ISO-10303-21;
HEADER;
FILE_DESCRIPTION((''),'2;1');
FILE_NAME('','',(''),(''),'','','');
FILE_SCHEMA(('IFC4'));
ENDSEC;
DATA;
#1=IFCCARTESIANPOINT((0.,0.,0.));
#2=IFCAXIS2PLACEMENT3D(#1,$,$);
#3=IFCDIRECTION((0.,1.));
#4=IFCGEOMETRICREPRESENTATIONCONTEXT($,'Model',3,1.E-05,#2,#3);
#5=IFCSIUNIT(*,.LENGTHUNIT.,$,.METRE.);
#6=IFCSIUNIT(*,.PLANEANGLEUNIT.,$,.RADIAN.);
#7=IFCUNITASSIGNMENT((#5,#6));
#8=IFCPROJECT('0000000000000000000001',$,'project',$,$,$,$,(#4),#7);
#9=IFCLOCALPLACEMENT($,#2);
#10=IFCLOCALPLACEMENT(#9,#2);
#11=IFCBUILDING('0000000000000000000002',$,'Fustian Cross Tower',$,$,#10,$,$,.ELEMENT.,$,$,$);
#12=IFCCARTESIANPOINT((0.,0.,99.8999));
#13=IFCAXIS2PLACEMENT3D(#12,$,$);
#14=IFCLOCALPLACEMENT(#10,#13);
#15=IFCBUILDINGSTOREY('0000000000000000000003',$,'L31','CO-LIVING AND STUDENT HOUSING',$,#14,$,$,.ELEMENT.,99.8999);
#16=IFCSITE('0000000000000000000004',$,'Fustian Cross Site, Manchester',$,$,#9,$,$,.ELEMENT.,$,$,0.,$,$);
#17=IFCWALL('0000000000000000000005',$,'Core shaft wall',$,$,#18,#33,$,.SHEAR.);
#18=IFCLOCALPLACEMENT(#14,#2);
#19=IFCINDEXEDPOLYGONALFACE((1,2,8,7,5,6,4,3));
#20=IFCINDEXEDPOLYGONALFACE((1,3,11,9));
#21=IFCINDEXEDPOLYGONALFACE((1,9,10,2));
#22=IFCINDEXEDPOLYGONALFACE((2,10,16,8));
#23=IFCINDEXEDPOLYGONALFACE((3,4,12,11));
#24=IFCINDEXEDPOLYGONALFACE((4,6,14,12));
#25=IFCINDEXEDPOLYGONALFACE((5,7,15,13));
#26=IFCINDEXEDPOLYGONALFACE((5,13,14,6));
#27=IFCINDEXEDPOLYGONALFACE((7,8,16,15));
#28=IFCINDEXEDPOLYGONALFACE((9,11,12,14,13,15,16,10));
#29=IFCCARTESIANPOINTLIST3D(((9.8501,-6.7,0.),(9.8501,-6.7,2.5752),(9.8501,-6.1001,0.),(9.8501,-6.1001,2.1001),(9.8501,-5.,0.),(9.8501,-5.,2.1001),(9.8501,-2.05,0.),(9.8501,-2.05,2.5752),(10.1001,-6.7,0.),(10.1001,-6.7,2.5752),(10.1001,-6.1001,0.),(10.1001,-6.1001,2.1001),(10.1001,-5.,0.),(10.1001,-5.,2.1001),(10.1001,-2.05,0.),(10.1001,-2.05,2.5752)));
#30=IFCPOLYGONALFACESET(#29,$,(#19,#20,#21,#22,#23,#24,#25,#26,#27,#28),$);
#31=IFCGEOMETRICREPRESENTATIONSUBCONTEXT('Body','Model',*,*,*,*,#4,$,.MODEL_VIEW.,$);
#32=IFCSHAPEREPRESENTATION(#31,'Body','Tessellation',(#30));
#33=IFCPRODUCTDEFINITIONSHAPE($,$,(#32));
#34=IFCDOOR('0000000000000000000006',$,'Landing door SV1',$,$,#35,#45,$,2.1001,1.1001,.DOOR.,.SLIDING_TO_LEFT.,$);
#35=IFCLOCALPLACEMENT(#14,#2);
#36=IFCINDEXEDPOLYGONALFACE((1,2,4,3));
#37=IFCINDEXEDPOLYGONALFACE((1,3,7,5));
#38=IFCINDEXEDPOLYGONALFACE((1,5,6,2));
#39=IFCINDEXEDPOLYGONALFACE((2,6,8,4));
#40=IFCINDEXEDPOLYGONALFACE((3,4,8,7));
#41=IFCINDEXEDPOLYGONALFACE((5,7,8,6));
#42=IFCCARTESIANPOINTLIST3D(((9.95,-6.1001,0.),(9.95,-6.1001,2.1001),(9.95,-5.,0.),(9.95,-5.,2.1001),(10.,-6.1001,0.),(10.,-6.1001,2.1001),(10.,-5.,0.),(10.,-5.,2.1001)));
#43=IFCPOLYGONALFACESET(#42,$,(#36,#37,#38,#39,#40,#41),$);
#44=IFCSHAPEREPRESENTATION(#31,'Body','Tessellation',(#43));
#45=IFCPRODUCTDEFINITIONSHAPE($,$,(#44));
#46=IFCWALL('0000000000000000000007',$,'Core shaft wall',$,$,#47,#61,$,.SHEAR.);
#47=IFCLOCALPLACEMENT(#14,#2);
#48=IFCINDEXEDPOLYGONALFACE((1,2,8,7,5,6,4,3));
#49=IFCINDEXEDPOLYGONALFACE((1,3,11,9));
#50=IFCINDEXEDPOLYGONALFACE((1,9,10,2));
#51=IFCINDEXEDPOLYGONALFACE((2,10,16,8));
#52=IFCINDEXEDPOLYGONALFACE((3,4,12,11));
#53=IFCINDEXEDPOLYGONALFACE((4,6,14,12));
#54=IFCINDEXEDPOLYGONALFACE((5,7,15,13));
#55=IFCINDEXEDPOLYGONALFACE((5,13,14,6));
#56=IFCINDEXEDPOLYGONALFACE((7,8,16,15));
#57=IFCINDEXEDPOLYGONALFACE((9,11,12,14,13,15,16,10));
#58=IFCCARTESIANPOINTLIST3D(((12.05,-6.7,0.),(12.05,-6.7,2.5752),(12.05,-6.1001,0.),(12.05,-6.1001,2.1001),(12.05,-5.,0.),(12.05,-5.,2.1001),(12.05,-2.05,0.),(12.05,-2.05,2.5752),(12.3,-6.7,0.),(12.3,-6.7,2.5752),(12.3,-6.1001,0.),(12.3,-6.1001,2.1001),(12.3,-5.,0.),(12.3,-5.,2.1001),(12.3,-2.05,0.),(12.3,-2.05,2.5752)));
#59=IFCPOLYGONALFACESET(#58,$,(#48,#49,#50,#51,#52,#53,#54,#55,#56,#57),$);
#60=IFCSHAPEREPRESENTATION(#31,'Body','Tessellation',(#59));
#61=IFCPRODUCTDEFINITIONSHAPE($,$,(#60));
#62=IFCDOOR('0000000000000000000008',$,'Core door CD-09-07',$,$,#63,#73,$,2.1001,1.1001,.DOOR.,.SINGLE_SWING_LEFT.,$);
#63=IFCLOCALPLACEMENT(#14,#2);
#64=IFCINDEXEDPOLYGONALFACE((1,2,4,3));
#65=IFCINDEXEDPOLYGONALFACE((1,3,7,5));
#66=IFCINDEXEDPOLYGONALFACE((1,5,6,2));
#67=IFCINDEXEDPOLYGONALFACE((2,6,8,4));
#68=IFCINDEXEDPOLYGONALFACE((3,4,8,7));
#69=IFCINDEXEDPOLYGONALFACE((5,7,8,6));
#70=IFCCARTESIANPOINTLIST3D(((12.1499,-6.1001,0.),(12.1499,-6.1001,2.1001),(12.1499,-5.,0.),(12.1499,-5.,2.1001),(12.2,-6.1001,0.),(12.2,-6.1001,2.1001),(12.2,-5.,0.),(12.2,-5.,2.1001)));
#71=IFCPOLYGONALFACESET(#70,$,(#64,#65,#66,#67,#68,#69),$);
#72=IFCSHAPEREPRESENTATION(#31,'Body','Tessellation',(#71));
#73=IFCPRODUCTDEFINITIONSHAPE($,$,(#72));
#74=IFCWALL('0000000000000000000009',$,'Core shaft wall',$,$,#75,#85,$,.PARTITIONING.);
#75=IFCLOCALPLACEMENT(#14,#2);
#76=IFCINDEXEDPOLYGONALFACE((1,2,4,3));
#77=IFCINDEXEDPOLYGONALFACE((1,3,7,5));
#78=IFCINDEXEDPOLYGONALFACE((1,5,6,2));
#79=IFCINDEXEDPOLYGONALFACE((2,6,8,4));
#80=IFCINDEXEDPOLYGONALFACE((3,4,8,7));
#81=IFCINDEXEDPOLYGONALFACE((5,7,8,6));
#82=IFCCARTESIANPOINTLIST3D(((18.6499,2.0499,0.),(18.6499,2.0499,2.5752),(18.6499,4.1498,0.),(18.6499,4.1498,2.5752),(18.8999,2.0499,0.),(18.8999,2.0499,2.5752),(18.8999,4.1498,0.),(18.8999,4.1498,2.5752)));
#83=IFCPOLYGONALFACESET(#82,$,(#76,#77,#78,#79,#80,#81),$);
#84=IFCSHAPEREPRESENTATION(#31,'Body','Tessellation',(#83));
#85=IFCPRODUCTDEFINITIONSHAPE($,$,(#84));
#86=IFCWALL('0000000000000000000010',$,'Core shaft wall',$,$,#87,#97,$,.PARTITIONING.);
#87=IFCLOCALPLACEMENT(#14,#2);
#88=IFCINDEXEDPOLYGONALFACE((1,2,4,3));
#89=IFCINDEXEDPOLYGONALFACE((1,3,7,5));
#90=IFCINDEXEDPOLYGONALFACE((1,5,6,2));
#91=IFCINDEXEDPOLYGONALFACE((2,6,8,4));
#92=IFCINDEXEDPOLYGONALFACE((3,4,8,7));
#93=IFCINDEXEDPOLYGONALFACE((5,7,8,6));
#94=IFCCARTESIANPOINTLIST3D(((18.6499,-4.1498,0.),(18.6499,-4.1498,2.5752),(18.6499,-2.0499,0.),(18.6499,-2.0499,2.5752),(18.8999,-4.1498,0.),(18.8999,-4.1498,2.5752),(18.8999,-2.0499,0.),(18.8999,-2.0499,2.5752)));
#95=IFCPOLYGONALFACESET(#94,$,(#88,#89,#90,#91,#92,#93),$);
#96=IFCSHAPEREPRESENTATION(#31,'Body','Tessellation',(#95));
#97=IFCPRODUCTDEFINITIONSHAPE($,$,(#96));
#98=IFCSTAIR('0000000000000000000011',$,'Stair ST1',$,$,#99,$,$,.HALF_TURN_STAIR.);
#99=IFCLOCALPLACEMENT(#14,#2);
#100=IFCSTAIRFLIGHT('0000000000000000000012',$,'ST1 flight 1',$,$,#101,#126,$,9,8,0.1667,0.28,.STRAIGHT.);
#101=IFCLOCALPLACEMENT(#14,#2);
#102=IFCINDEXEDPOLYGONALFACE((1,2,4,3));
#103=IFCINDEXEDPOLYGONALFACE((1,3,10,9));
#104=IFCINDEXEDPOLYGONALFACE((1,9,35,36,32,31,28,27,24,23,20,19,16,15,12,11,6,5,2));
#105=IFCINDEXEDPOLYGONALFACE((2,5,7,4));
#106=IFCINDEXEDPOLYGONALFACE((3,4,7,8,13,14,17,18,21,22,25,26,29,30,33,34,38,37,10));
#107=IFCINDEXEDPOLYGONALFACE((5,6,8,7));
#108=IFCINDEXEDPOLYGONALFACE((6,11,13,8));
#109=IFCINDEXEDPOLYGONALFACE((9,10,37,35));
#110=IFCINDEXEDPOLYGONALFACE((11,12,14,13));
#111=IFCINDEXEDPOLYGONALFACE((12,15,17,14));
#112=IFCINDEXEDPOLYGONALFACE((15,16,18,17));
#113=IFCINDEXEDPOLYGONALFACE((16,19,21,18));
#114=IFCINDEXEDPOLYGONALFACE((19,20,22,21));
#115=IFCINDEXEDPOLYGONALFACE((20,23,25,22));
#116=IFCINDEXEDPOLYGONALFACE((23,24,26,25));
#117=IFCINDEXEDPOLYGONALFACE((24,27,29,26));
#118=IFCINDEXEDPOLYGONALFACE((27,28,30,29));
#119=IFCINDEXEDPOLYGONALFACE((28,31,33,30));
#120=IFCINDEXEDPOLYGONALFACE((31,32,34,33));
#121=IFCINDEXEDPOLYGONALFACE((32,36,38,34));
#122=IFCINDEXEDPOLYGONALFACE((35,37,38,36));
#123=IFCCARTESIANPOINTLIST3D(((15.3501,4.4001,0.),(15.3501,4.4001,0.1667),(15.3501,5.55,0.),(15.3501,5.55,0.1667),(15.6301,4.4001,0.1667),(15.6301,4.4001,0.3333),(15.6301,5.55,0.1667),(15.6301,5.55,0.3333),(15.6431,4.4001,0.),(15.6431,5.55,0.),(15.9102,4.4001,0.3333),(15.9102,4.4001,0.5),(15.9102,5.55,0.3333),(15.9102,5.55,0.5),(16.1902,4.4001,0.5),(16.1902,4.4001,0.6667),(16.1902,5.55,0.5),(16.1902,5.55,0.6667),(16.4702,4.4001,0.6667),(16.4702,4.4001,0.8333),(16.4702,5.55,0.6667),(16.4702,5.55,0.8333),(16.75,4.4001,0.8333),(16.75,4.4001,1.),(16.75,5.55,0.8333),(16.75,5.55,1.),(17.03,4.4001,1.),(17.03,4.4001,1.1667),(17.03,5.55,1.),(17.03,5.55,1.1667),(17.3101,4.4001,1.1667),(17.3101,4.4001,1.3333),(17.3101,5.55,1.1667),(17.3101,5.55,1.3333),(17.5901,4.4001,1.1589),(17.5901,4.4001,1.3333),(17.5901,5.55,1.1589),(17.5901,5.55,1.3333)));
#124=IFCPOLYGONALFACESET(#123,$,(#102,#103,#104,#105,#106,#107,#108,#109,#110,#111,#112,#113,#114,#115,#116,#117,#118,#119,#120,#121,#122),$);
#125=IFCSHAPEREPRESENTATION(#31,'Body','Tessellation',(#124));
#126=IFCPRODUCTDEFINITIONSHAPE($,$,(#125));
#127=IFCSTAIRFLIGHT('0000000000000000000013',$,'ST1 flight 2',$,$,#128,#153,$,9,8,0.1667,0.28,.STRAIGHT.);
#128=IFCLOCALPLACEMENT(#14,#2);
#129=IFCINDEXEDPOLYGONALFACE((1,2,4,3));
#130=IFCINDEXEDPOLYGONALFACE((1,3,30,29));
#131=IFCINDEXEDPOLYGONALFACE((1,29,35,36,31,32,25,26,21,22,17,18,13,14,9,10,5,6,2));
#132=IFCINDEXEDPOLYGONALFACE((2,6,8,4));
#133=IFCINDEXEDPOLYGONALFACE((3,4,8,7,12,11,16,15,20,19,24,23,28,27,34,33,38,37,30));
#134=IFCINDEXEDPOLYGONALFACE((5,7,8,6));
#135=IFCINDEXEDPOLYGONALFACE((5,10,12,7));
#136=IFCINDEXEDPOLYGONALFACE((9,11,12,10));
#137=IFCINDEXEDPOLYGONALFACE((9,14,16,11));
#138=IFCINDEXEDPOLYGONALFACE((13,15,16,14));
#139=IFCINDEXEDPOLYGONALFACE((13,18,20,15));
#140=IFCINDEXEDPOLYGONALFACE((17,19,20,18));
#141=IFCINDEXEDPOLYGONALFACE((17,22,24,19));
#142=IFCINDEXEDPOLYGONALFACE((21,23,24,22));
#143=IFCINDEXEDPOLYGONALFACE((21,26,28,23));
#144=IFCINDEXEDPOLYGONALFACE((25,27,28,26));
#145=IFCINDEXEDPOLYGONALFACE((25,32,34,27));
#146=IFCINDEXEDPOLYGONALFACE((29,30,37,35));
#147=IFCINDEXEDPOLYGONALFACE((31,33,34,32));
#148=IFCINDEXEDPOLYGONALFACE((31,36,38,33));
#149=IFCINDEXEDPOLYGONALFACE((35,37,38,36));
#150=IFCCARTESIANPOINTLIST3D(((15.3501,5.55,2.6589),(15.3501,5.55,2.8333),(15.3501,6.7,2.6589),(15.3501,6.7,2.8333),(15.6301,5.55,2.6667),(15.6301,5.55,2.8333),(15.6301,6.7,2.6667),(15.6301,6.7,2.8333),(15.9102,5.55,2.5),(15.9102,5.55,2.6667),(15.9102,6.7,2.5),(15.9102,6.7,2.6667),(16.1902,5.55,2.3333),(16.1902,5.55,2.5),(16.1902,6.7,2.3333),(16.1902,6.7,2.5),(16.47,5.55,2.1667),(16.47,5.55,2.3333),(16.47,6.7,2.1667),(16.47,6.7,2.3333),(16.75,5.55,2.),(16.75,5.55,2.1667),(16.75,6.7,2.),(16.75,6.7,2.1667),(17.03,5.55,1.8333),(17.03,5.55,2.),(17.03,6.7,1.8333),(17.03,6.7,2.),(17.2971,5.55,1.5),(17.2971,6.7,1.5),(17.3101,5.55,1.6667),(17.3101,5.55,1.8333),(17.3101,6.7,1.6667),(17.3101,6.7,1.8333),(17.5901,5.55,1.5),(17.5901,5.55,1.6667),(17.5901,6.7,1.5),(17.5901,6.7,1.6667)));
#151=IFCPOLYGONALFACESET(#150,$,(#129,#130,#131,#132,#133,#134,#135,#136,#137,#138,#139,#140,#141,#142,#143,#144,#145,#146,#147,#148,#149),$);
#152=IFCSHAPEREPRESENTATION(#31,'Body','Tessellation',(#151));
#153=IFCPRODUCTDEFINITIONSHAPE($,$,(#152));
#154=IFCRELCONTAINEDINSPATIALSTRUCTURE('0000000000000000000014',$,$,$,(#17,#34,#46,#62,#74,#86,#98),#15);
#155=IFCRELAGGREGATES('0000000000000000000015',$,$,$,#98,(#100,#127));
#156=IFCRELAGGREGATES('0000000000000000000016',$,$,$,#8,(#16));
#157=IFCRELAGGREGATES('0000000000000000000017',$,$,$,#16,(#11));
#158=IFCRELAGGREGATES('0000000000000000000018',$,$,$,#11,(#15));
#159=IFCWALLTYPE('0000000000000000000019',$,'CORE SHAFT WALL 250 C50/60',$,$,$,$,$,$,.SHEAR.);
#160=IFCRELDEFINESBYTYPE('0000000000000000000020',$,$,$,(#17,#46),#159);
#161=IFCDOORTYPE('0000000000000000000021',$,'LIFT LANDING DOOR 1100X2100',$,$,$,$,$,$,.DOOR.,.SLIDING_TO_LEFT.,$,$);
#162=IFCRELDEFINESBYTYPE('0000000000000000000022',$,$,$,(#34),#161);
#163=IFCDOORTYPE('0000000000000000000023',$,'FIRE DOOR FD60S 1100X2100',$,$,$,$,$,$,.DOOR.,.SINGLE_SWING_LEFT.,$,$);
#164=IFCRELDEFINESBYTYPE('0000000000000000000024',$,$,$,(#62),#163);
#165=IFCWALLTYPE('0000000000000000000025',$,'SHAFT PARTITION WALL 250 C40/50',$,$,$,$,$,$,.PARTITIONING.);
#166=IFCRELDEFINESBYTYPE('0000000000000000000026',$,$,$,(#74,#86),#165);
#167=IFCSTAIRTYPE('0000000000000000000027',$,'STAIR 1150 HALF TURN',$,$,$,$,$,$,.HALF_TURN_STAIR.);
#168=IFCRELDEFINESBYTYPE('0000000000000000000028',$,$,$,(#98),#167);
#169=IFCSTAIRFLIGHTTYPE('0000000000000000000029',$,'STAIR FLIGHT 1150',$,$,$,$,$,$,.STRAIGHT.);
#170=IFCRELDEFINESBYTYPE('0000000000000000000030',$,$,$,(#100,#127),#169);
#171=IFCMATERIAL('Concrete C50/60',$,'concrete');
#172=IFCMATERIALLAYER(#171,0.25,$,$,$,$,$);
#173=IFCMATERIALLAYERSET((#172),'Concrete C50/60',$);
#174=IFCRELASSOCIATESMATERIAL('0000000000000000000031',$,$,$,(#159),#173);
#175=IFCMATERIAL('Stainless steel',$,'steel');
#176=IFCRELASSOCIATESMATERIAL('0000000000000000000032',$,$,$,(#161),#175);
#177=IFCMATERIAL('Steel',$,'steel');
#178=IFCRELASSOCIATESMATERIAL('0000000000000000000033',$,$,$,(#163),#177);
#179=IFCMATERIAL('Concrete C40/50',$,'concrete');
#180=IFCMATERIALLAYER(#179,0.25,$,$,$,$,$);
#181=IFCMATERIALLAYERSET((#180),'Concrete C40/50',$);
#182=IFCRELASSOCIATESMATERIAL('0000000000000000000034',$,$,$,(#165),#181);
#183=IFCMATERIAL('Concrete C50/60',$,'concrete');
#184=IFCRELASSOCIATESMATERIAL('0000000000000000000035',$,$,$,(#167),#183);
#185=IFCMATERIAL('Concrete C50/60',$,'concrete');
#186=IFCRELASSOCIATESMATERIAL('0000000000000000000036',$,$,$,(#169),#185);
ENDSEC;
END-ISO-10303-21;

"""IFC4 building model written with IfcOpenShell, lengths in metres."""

from ifc_helpers import new_model, si_unit, direction, frame, frame_2d, origin, place, context, subcontext, project, spatial, polyline, rectangle, outline, extrude, material, layer, layer_set, type_object, element, fill, aggregate, save


model = new_model("IFC4")

# Units and contexts
model_context = context("Model", 3, precision=1e-05, world=origin(), true_north=direction((0.0, 1.0)))
body_context = subcontext(model_context, "Body", "Model", "MODEL_VIEW")
ifc_project = project(units=[si_unit("LENGTHUNIT", "METRE"), si_unit("PLANEANGLEUNIT", "RADIAN")], contexts=[model_context])

# Site, building, storey
site_placement = place(None, origin())
site = spatial("IfcSite", under=ifc_project, at=site_placement, Name="Fustian Cross Site, Manchester", CompositionType="ELEMENT", RefElevation=0.0)
building_placement = place(site_placement, origin())
building = spatial("IfcBuilding", under=site, at=building_placement, Name="Fustian Cross Tower", CompositionType="ELEMENT")
storey_placement = place(building_placement, frame((0.0, 0.0, 99.8999)))
storey = spatial("IfcBuildingStorey", under=building, at=storey_placement, Name="L31", Description="CO-LIVING AND STUDENT HOUSING", CompositionType="ELEMENT", Elevation=99.8999)

# Shared definitions
ifc_material_1 = material(Name="Concrete C50/60", Category="concrete")
ifc_layer_1 = layer(ifc_material_1, 0.25)
ifc_layer_set_1 = layer_set([ifc_layer_1], Name="Concrete C50/60")
wall_type_1 = type_object("IfcWallType", Name="CORE SHAFT WALL 250 C50/60", PredefinedType="SHEAR", material=ifc_layer_set_1)

# Walls, openings, doors
ifc_material_2 = material(Name="Stainless steel", Category="steel")
door_type_1 = type_object("IfcDoorType", Name="LIFT LANDING DOOR 1100X2100", OperationType="SLIDING_TO_LEFT", PredefinedType="DOOR", material=ifc_material_2)
ifc_material_3 = material(Name="Steel", Category="steel")
door_type_2 = type_object("IfcDoorType", Name="FIRE DOOR FD60S 1100X2100", OperationType="SINGLE_SWING_LEFT", PredefinedType="DOOR", material=ifc_material_3)
wall_1_placement = place(storey_placement, frame((9.9751, -2.05, 0.0), z_axis=(0.0, 0.0, 1.0), x_axis=(0.0, -1.0, 0.0)))
wall_1 = element("IfcWall", 1, at=wall_1_placement, inside=storey, type_object=wall_type_1, Name="Core shaft wall", PredefinedType="SHEAR", context=body_context, shape_type="SweptSolid", body=[
    extrude(rectangle(XDim=4.6499, YDim=0.25, at=frame_2d((2.325, 0.0))), origin(), (0.0, 0.0, 1.0), 2.5752),
])
opening_1_placement = place(wall_1_placement, frame((2.95, 0.0, 0.0)))
opening_1 = element("IfcOpeningElement", 2, at=opening_1_placement, cuts=wall_1, PredefinedType="OPENING", context=body_context, shape_type="SweptSolid", body=[
    extrude(rectangle(XDim=1.1001, YDim=2.1001, at=frame_2d((0.55, 1.05))), frame((0.0, 0.135, 0.0), z_axis=(0.0, -1.0, 0.0), x_axis=(1.0, 0.0, 0.0)), (0.0, 0.0, 1.0), 0.27),
])
door_1_placement = place(opening_1_placement, origin())
door_1 = element("IfcDoor", 3, at=door_1_placement, inside=storey, type_object=door_type_1, Name="Landing door SV1", OperationType="SLIDING_TO_LEFT", OverallHeight=2.1001, OverallWidth=1.1001, PredefinedType="DOOR", context=body_context, shape_type="SweptSolid", body=[
    extrude(rectangle(XDim=1.1001, YDim=2.1001, at=frame_2d((0.55, 1.05))), frame((0.0, 0.0249, 0.0), z_axis=(0.0, -1.0, 0.0), x_axis=(1.0, 0.0, 0.0)), (0.0, 0.0, 1.0), 0.05),
])
fill(opening_1, door_1)
wall_2_placement = place(storey_placement, frame((12.175, -2.05, 0.0), z_axis=(0.0, 0.0, 1.0), x_axis=(0.0, -1.0, 0.0)))
wall_2 = element("IfcWall", 4, at=wall_2_placement, inside=storey, type_object=wall_type_1, Name="Core shaft wall", PredefinedType="SHEAR", context=body_context, shape_type="SweptSolid", body=[
    extrude(rectangle(XDim=4.6499, YDim=0.25, at=frame_2d((2.325, 0.0))), origin(), (0.0, 0.0, 1.0), 2.5752),
])
opening_2_placement = place(wall_2_placement, frame((2.95, 0.0, 0.0)))
opening_2 = element("IfcOpeningElement", 5, at=opening_2_placement, cuts=wall_2, PredefinedType="OPENING", context=body_context, shape_type="SweptSolid", body=[
    extrude(rectangle(XDim=1.1001, YDim=2.1001, at=frame_2d((0.55, 1.05))), frame((0.0, 0.135, 0.0), z_axis=(0.0, -1.0, 0.0), x_axis=(1.0, 0.0, 0.0)), (0.0, 0.0, 1.0), 0.27),
])
door_2_placement = place(opening_2_placement, origin())
door_2 = element("IfcDoor", 6, at=door_2_placement, inside=storey, type_object=door_type_2, Name="Core door CD-09-07", OperationType="SINGLE_SWING_LEFT", OverallHeight=2.1001, OverallWidth=1.1001, PredefinedType="DOOR", context=body_context, shape_type="SweptSolid", body=[
    extrude(rectangle(XDim=1.1001, YDim=2.1001, at=frame_2d((0.55, 1.05))), frame((0.0, 0.0249, 0.0), z_axis=(0.0, -1.0, 0.0), x_axis=(1.0, 0.0, 0.0)), (0.0, 0.0, 1.0), 0.05),
])
fill(opening_2, door_2)

# Walls
ifc_material_4 = material(Name="Concrete C40/50", Category="concrete")
ifc_layer_2 = layer(ifc_material_4, 0.25)
ifc_layer_set_2 = layer_set([ifc_layer_2], Name="Concrete C40/50")
wall_type_2 = type_object("IfcWallType", Name="SHAFT PARTITION WALL 250 C40/50", PredefinedType="PARTITIONING", material=ifc_layer_set_2)
for number, where, z_axis, x_axis, name in (
    (7, (18.7749, 2.05, 0.0), (0.0, 0.0, 1.0), (0.0, 1.0, 0.0), "Core shaft wall"),
    (8, (18.7749, -2.05, 0.0), (0.0, 0.0, 1.0), (0.0, -1.0, 0.0), "Core shaft wall"),
):
    element("IfcWall", number, at=place(storey_placement, frame(where, z_axis=z_axis, x_axis=x_axis)), inside=storey, type_object=wall_type_2, Name=name, PredefinedType="PARTITIONING", context=body_context, shape_type="SweptSolid", body=[
        extrude(rectangle(XDim=2.0999, YDim=0.25, at=frame_2d((1.0498, 0.0))), origin(), (0.0, 0.0, 1.0), 2.5752),
    ])

# Stair, stair flights
ifc_material_5 = material(Name="Concrete C50/60", Category="concrete")
stair_type = type_object("IfcStairType", Name="STAIR 1150 HALF TURN", PredefinedType="HALF_TURN_STAIR", material=ifc_material_5)
stair_placement = place(storey_placement, origin())
stair = element("IfcStair", 9, at=stair_placement, inside=storey, type_object=stair_type, Name="Stair ST1", PredefinedType="HALF_TURN_STAIR")
ifc_material_6 = material(Name="Concrete C50/60", Category="concrete")
stair_flight_type = type_object("IfcStairFlightType", Name="STAIR FLIGHT 1150", PredefinedType="STRAIGHT", material=ifc_material_6)
stair_flight_1_placement = place(storey_placement, frame((15.3501, 4.9751, 0.0), z_axis=(0.0, 0.0, 1.0), x_axis=(1.0, 0.0, 0.0)))
stair_flight_1 = element("IfcStairFlight", 10, at=stair_flight_1_placement, type_object=stair_flight_type, Name="ST1 flight 1", NumberOfRisers=9, NumberOfTreads=8, PredefinedType="STRAIGHT", RiserHeight=0.1667, TreadLength=0.28, context=body_context, shape_type="SweptSolid", body=[
    extrude(outline(polyline([(0.0, 0.0), (0.0, 0.1667), (0.28, 0.1667), (0.28, 0.3333), (0.5601, 0.3333), (0.5601, 0.5), (0.8401, 0.5), (0.8401, 0.6667), (1.1201, 0.6667), (1.1201, 0.8333), (1.3999, 0.8333), (1.3999, 1.0), (1.6799, 1.0), (1.6799, 1.1667), (1.96, 1.1667), (1.96, 1.3333), (2.24, 1.3333), (2.24, 1.5), (2.24, 1.1589), (0.293, 0.0), (0.0, 0.0)])), frame((0.0, 0.575, 0.0), z_axis=(0.0, -1.0, 0.0), x_axis=(1.0, 0.0, 0.0)), (0.0, 0.0, 1.0), 1.1499),
])
stair_flight_2_placement = place(storey_placement, frame((17.5901, 6.125, 1.5), z_axis=(0.0, 0.0, 1.0), x_axis=(-1.0, 0.0, 0.0)))
stair_flight_2 = element("IfcStairFlight", 11, at=stair_flight_2_placement, type_object=stair_flight_type, Name="ST1 flight 2", NumberOfRisers=9, NumberOfTreads=8, PredefinedType="STRAIGHT", RiserHeight=0.1667, TreadLength=0.28, context=body_context, shape_type="SweptSolid", body=[
    extrude(outline(polyline([(0.0, 0.0), (0.0, 0.1667), (0.28, 0.1667), (0.28, 0.3333), (0.5601, 0.3333), (0.5601, 0.5), (0.8401, 0.5), (0.8401, 0.6667), (1.1201, 0.6667), (1.1201, 0.8333), (1.3999, 0.8333), (1.3999, 1.0), (1.6799, 1.0), (1.6799, 1.1667), (1.96, 1.1667), (1.96, 1.3333), (2.24, 1.3333), (2.24, 1.5), (2.24, 1.1589), (0.293, 0.0), (0.0, 0.0)])), frame((0.0, 0.575, 0.0), z_axis=(0.0, -1.0, 0.0), x_axis=(1.0, 0.0, 0.0)), (0.0, 0.0, 1.0), 1.1499),
])
aggregate(stair, [stair_flight_1, stair_flight_2])

save(model, "model.ifc")
